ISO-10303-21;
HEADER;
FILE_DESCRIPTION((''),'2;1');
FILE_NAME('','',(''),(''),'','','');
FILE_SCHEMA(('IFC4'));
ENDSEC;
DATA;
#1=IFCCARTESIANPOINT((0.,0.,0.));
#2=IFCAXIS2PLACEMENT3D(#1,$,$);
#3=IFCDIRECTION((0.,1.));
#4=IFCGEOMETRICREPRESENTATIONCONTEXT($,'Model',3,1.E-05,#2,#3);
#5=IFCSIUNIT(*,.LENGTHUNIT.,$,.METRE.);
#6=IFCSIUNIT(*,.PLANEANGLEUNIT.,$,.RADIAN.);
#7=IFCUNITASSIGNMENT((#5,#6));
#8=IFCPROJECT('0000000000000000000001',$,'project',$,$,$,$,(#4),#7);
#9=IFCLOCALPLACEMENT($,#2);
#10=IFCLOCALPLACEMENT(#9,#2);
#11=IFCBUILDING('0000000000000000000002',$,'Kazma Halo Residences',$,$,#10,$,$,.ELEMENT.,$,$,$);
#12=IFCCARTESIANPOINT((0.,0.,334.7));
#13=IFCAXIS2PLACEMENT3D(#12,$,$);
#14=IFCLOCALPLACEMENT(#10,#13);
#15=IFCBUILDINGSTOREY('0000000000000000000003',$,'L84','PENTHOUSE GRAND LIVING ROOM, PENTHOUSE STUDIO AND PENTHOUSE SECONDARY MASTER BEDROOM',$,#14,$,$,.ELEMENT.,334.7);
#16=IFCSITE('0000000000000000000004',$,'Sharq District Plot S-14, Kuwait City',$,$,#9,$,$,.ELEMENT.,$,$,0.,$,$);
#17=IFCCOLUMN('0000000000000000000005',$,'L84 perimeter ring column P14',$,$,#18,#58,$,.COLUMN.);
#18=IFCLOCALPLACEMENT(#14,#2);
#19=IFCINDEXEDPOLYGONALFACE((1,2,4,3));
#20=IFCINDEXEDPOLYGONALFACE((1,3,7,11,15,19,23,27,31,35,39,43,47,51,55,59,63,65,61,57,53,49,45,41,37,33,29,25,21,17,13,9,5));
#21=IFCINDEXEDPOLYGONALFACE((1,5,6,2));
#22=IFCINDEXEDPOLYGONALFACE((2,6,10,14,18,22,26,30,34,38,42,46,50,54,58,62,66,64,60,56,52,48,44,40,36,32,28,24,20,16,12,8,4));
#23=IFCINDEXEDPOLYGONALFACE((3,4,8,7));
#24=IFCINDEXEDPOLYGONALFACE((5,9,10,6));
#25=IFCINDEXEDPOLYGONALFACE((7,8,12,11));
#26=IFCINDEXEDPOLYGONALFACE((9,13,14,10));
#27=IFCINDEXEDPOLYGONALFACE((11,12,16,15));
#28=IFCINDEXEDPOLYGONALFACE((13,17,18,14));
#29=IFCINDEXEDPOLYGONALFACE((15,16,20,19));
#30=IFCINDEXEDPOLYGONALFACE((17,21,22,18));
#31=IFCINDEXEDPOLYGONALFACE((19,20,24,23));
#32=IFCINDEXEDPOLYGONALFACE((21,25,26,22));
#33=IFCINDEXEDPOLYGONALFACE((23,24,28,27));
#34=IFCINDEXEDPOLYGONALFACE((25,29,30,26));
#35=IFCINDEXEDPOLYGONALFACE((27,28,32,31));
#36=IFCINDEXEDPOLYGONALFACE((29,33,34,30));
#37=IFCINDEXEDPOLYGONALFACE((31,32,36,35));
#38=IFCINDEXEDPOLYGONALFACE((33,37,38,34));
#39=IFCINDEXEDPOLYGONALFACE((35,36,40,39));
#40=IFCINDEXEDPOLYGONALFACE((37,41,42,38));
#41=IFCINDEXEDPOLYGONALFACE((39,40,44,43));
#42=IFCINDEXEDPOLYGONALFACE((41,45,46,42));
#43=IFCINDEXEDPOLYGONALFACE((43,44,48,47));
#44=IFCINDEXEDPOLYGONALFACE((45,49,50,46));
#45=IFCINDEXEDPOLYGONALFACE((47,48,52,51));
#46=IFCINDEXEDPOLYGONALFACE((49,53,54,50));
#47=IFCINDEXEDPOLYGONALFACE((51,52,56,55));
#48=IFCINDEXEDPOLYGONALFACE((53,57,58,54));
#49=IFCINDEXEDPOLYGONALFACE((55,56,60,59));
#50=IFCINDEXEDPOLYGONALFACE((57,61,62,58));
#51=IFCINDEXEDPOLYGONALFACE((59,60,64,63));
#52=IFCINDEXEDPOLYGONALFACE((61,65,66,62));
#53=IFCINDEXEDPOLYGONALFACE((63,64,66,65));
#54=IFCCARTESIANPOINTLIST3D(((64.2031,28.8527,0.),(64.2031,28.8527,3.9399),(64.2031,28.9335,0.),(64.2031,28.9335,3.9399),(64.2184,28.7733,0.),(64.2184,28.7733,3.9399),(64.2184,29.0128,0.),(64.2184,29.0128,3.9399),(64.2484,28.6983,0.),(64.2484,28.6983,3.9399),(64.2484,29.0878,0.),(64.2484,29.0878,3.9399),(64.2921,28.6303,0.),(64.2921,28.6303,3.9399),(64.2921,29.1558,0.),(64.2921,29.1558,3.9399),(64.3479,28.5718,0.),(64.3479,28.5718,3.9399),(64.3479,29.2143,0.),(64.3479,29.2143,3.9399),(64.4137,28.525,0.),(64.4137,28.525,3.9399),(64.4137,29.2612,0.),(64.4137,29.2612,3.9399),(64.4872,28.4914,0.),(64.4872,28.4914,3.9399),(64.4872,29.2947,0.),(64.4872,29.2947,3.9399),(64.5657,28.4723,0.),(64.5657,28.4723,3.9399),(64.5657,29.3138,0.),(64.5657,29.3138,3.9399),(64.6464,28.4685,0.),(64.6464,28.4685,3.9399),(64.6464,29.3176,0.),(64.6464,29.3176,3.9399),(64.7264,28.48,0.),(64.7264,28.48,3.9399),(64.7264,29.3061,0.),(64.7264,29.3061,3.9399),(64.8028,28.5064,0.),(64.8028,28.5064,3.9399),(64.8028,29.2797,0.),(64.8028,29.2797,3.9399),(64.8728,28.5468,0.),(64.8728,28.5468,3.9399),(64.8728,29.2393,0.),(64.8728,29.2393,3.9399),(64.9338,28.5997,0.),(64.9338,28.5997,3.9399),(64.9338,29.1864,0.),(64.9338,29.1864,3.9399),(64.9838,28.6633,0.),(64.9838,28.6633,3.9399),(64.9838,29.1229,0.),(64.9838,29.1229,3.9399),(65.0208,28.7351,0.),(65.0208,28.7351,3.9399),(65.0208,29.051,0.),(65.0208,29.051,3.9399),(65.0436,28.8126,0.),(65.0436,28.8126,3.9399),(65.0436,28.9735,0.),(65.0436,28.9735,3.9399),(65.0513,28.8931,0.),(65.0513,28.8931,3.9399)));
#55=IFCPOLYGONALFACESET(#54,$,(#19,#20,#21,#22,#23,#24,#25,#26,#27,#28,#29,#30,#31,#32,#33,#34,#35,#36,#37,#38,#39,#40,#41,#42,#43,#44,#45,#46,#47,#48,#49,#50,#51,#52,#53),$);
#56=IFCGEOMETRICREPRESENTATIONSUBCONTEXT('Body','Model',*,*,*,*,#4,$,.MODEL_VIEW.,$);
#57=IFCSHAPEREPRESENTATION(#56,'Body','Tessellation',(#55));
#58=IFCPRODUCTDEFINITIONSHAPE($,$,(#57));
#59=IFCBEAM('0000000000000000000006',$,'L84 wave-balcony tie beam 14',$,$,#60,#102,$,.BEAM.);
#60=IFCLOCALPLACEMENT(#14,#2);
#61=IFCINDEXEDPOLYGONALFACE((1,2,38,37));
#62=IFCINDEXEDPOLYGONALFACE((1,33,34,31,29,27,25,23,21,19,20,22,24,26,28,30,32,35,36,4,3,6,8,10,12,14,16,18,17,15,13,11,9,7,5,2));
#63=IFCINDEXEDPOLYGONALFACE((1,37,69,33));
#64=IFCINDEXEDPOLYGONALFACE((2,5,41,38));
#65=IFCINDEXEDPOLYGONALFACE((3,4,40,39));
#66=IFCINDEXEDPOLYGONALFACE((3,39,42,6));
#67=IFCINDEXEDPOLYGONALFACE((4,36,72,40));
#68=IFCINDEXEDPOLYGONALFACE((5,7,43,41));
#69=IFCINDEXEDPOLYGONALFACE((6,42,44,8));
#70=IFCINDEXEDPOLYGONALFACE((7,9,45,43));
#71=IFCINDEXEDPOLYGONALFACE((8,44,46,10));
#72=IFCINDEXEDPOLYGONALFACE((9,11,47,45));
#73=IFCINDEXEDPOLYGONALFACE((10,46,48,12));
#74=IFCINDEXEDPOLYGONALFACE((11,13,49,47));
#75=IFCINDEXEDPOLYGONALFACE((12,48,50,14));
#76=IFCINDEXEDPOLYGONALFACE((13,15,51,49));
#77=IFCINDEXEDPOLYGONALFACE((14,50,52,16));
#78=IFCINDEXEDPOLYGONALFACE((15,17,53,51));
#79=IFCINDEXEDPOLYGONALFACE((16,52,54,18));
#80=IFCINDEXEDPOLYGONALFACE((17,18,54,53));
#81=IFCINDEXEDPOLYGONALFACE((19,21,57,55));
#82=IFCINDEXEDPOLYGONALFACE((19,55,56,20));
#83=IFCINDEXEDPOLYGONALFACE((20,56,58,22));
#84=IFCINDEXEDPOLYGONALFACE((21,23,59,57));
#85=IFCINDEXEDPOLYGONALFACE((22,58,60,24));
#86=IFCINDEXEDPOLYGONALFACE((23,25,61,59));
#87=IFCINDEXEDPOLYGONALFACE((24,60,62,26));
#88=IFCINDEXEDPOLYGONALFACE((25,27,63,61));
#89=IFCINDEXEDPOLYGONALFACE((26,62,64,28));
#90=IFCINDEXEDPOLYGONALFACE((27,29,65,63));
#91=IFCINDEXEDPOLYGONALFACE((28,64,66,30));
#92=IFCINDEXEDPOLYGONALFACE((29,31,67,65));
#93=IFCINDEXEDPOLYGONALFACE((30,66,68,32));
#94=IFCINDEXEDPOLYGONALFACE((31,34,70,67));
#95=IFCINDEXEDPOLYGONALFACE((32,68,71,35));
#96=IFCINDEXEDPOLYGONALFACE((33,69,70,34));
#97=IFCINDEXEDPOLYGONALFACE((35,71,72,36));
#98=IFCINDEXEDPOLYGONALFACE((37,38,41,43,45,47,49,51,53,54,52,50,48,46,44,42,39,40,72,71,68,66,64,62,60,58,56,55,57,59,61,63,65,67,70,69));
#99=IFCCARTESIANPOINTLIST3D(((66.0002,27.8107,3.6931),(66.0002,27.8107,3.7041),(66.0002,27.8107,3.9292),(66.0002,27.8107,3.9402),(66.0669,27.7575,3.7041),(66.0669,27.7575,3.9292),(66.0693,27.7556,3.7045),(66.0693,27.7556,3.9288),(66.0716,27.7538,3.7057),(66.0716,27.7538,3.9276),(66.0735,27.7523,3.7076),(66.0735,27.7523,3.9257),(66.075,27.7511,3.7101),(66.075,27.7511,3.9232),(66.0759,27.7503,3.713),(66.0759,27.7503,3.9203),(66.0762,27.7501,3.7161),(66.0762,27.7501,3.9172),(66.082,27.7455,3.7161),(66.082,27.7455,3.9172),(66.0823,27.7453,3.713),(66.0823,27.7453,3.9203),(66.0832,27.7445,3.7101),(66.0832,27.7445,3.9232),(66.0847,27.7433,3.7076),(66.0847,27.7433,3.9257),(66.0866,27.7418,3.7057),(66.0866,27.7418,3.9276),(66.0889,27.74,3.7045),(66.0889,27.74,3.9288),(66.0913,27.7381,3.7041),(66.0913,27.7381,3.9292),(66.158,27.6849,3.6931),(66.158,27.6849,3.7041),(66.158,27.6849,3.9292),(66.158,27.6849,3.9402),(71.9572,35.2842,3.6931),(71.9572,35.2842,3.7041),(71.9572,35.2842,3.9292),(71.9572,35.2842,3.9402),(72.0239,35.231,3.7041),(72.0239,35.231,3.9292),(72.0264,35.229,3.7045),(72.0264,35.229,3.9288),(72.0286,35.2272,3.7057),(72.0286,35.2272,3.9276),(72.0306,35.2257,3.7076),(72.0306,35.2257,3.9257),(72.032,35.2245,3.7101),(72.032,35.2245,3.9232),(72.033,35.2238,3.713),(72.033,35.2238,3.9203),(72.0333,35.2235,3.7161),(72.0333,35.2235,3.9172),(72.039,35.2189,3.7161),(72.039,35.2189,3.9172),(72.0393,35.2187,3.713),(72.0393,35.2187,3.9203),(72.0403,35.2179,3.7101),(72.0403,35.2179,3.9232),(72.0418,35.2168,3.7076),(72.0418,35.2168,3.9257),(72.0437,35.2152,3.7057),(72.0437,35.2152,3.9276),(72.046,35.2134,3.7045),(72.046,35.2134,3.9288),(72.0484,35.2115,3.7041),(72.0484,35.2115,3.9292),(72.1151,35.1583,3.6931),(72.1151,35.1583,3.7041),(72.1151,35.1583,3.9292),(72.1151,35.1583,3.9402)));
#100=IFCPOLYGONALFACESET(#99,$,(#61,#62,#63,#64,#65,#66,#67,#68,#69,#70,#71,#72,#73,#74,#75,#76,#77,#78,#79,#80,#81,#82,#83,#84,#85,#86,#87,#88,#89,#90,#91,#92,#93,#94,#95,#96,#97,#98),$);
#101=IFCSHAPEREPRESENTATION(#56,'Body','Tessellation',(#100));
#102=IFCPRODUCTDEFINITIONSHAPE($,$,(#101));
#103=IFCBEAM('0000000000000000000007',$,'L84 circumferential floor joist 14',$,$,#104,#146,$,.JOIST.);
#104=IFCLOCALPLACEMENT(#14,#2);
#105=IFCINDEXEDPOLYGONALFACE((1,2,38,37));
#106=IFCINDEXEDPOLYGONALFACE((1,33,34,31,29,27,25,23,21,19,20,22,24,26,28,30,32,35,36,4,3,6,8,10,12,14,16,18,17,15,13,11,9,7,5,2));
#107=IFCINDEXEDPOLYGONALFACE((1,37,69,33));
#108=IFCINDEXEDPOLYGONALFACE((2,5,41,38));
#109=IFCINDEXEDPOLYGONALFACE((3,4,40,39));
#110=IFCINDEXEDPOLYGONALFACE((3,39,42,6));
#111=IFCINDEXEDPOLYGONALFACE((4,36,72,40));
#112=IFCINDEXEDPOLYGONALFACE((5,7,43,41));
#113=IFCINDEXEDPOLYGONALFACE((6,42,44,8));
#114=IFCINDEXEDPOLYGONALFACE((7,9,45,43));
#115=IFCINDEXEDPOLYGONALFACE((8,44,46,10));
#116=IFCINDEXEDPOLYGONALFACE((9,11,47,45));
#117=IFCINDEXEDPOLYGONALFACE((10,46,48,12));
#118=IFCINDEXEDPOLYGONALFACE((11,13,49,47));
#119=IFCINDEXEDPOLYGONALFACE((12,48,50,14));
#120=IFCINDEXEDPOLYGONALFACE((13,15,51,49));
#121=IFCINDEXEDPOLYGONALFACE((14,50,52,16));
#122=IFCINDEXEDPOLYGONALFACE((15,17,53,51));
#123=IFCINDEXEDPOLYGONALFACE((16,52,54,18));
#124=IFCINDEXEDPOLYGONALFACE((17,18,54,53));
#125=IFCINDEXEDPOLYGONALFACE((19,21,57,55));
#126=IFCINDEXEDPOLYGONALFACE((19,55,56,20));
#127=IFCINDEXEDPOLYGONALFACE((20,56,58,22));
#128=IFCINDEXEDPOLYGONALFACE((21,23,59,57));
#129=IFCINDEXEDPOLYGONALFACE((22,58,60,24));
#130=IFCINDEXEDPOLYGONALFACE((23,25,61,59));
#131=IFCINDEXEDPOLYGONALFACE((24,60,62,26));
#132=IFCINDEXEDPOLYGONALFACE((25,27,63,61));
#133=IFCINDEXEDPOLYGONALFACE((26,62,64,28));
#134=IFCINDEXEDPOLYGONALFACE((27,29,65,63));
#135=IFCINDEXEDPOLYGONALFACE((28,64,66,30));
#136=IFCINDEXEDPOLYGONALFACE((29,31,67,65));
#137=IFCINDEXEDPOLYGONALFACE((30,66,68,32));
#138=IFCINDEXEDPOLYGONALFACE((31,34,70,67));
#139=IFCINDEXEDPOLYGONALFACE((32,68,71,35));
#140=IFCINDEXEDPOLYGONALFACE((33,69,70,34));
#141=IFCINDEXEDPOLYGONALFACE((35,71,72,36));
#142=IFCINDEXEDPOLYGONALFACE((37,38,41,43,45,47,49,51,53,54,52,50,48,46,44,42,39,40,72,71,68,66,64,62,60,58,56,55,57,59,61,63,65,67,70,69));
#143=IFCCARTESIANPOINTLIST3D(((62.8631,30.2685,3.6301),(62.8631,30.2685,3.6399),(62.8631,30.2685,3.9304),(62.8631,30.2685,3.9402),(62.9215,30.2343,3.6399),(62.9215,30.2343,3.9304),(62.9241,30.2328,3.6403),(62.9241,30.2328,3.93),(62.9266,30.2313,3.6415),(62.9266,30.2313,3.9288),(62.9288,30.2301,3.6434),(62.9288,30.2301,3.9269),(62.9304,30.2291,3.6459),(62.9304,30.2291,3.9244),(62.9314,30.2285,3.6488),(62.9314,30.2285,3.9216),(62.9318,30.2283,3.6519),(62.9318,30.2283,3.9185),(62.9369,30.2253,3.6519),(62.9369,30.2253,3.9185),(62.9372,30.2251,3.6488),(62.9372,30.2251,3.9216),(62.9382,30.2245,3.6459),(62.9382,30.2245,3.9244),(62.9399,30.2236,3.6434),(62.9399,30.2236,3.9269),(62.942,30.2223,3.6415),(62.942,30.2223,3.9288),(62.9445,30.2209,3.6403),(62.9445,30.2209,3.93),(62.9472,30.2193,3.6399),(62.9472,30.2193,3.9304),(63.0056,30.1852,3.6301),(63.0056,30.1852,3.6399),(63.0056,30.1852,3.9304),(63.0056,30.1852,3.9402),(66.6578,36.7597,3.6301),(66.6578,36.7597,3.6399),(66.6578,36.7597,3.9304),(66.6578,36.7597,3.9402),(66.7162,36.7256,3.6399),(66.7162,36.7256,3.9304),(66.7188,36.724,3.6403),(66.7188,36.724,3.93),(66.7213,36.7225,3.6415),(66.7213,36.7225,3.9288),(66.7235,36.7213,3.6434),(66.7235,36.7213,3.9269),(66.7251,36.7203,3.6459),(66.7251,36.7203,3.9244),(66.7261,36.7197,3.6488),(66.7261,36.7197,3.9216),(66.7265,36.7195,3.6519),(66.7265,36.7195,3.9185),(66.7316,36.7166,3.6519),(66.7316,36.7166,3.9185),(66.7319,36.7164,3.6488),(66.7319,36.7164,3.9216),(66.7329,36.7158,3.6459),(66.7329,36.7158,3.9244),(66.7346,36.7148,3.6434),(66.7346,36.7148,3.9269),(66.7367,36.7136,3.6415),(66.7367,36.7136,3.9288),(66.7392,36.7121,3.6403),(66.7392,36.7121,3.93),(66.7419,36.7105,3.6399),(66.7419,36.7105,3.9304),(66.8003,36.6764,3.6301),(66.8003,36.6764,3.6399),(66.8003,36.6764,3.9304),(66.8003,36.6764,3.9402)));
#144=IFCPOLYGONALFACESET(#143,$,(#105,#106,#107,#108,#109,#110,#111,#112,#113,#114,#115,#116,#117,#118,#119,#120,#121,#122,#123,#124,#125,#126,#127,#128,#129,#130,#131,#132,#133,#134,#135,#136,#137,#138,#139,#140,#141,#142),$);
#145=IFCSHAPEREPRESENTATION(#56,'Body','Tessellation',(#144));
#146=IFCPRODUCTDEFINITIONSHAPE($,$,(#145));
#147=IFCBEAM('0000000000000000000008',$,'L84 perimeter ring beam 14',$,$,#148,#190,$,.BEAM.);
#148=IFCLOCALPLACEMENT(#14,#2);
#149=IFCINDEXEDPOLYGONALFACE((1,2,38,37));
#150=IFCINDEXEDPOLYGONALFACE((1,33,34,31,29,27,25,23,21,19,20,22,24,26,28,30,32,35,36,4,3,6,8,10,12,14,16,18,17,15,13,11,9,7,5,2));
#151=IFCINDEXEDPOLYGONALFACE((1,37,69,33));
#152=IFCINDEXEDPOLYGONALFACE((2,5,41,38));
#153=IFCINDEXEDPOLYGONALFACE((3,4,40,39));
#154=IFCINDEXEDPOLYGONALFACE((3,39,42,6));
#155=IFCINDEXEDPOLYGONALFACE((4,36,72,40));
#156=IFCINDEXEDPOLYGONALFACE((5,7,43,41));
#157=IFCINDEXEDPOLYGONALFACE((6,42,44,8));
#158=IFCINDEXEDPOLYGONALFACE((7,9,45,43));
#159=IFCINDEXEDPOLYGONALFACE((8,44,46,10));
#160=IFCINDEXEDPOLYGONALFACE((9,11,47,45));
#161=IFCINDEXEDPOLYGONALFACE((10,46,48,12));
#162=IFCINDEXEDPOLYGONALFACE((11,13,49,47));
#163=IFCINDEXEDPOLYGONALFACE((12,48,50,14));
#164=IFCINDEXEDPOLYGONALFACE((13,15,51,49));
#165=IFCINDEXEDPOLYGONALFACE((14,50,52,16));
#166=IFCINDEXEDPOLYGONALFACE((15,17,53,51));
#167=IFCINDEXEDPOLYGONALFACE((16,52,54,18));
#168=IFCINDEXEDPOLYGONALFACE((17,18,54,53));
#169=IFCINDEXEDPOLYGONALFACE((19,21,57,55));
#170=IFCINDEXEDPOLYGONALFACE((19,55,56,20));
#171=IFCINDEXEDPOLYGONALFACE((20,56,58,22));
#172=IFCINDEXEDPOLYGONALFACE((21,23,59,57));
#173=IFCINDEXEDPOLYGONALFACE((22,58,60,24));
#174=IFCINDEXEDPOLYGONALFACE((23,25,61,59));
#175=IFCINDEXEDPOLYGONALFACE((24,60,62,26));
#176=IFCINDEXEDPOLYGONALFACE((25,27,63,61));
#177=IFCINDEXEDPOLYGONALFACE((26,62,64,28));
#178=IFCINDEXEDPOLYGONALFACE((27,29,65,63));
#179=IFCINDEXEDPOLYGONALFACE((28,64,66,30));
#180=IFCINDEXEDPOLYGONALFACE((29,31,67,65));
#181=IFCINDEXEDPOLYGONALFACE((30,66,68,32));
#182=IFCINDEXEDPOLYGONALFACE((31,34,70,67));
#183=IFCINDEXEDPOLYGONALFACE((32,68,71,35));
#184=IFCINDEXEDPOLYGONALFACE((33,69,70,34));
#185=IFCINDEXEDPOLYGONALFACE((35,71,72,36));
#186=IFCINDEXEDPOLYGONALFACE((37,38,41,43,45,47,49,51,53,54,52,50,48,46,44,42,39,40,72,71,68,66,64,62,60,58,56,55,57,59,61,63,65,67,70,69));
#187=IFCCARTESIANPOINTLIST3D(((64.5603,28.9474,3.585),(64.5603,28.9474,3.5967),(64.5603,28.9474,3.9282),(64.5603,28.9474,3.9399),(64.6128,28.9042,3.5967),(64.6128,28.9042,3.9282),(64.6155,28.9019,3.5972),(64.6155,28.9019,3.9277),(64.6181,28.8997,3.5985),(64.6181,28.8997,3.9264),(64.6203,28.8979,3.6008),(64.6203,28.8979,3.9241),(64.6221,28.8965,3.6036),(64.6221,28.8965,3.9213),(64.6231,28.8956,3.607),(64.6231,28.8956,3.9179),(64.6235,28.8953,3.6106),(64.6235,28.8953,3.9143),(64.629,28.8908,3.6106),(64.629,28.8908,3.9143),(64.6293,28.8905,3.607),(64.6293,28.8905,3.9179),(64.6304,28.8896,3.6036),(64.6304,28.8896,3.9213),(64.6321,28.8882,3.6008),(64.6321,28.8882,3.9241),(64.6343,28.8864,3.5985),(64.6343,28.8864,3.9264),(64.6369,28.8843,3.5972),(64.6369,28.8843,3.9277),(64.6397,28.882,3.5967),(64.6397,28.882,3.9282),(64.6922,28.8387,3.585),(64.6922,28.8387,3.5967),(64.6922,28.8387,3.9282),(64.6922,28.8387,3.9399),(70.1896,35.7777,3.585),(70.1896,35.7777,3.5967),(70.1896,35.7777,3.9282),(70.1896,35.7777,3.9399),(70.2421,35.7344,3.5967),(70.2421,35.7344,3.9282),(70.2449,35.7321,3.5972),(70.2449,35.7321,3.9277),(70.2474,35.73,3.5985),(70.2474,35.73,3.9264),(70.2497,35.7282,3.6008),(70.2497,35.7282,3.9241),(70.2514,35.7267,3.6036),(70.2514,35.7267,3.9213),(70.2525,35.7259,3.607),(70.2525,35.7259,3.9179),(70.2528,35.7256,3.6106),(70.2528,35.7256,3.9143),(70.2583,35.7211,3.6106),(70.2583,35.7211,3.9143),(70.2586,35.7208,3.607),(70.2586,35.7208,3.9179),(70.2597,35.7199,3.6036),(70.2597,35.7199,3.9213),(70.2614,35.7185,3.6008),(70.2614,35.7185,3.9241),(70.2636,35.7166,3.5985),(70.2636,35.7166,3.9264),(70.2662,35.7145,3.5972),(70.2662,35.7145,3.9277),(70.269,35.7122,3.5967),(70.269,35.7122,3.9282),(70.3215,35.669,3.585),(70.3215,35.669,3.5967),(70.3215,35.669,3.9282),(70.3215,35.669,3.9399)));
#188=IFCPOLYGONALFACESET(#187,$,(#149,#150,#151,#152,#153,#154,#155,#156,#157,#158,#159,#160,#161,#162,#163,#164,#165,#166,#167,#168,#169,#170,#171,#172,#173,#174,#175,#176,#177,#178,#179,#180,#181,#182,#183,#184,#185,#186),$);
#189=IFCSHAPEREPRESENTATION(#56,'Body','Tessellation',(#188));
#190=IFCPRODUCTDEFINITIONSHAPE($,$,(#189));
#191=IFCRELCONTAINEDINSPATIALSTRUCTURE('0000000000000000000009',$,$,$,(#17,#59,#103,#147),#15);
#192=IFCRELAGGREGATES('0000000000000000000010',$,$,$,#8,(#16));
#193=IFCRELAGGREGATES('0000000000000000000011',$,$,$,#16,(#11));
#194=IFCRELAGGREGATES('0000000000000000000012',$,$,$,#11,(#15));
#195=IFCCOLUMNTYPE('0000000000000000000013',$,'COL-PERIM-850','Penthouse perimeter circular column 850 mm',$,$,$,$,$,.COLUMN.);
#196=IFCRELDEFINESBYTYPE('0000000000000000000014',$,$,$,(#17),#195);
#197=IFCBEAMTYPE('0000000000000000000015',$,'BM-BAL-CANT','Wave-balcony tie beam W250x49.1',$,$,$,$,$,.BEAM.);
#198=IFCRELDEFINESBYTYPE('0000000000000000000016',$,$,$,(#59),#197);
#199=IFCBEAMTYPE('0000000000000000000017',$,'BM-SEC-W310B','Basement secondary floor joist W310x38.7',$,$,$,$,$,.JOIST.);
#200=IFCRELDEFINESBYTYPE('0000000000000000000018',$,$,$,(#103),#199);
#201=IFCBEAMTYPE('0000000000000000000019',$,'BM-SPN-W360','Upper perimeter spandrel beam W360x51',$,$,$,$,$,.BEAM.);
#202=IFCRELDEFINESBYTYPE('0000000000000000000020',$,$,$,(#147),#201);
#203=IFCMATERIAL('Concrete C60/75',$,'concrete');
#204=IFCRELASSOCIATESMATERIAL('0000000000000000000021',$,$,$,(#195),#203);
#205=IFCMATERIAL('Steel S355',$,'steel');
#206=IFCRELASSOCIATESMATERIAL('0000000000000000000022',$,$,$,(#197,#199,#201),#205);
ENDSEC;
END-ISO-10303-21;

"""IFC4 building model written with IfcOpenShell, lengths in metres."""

from ifc_helpers import new_model, si_unit, direction, frame, origin, origin_2d, place, context, subcontext, project, spatial, circle, i_section, extrude, material, material_profile, profile_set, type_object, element, save


model = new_model("IFC4")

# Units and contexts
model_context = context("Model", 3, precision=1e-05, world=origin(), true_north=direction((0.0, 1.0)))
body_context = subcontext(model_context, "Body", "Model", "MODEL_VIEW")
ifc_project = project(units=[si_unit("LENGTHUNIT", "METRE"), si_unit("PLANEANGLEUNIT", "RADIAN")], contexts=[model_context])

# Site, building, storey
site_placement = place(None, origin())
site = spatial("IfcSite", under=ifc_project, at=site_placement, Name="Sharq District Plot S-14, Kuwait City", CompositionType="ELEMENT", RefElevation=0.0)
building_placement = place(site_placement, origin())
building = spatial("IfcBuilding", under=site, at=building_placement, Name="Kazma Halo Residences", CompositionType="ELEMENT")
storey_placement = place(building_placement, frame((0.0, 0.0, 334.7)))
storey = spatial("IfcBuildingStorey", under=building, at=storey_placement, Name="L84", Description="PENTHOUSE GRAND LIVING ROOM, PENTHOUSE STUDIO AND PENTHOUSE SECONDARY MASTER BEDROOM", CompositionType="ELEMENT", Elevation=334.7)

# Column
ifc_material_1 = material(Name="Concrete C60/75", Category="concrete")
ifc_material_profile_1 = material_profile(ifc_material_1, circle(Radius=0.425, at=origin_2d()), Name="CIRC850")
ifc_profile_set_1 = profile_set([ifc_material_profile_1], Name="Concrete C60/75")
column_type = type_object("IfcColumnType", Name="COL-PERIM-850", Description="Penthouse perimeter circular column 850 mm", PredefinedType="COLUMN", material=ifc_profile_set_1)
column_placement = place(storey_placement, frame((64.6262, 28.8931, 0.0), z_axis=(0.0, 0.0, 1.0), x_axis=(1.0, 0.0, 0.0)))
element("IfcColumn", 1, at=column_placement, inside=storey, type_object=column_type, Name="L84 perimeter ring column P14", PredefinedType="COLUMN", context=body_context, shape_type="SweptSolid", body=[
    extrude(circle(Radius=0.425, at=origin_2d()), origin(), (0.0, 0.0, 1.0), 3.9399),
])

# Beams
ifc_material_2 = material(Name="Steel S355", Category="steel")
ifc_material_profile_2 = material_profile(ifc_material_2, i_section(OverallWidth=0.2019, OverallDepth=0.2471, WebThickness=0.0073, FlangeThickness=0.011, FilletRadius=0.012, at=origin_2d()), Name="W250x49.1")
ifc_profile_set_2 = profile_set([ifc_material_profile_2], Name="Steel S355")
beam_type_1 = type_object("IfcBeamType", Name="BM-BAL-CANT", Description="Wave-balcony tie beam W250x49.1", PredefinedType="BEAM", material=ifc_profile_set_2)
beam_1_placement = place(storey_placement, frame((66.0791, 27.7478, 3.8167), z_axis=(0.623311, 0.781974, 0.0), x_axis=(-0.781974, 0.623311, 0.0)))
element("IfcBeam", 2, at=beam_1_placement, inside=storey, type_object=beam_type_1, Name="L84 wave-balcony tie beam 14", PredefinedType="BEAM", context=body_context, shape_type="SweptSolid", body=[
    extrude(i_section(OverallWidth=0.2019, OverallDepth=0.2471, WebThickness=0.0073, FlangeThickness=0.011, FilletRadius=0.012, at=origin_2d()), origin(), (0.0, 0.0, 1.0), 9.5571),
])
ifc_material_profile_3 = material_profile(ifc_material_2, i_section(OverallWidth=0.165, OverallDepth=0.3101, WebThickness=0.0059, FlangeThickness=0.0098, FilletRadius=0.012, at=origin_2d()), Name="W310x38.7")
ifc_profile_set_3 = profile_set([ifc_material_profile_3], Name="Steel S355")
beam_type_2 = type_object("IfcBeamType", Name="BM-SEC-W310B", Description="Basement secondary floor joist W310x38.7", PredefinedType="JOIST", material=ifc_profile_set_3)
beam_2_placement = place(storey_placement, frame((62.9343, 30.2268, 3.7852), z_axis=(0.504678, 0.863307, 0.0), x_axis=(-0.863307, 0.504678, 0.0)))
element("IfcBeam", 3, at=beam_2_placement, inside=storey, type_object=beam_type_2, Name="L84 circumferential floor joist 14", PredefinedType="JOIST", context=body_context, shape_type="SweptSolid", body=[
    extrude(i_section(OverallWidth=0.165, OverallDepth=0.3101, WebThickness=0.0059, FlangeThickness=0.0098, FilletRadius=0.012, at=origin_2d()), origin(), (0.0, 0.0, 1.0), 7.519),
])
ifc_material_profile_4 = material_profile(ifc_material_2, i_section(OverallWidth=0.1709, OverallDepth=0.355, WebThickness=0.0071, FlangeThickness=0.0117, FilletRadius=0.0139, at=origin_2d()), Name="W360x51")
ifc_profile_set_4 = profile_set([ifc_material_profile_4], Name="Steel S355")
beam_type_3 = type_object("IfcBeamType", Name="BM-SPN-W360", Description="Upper perimeter spandrel beam W360x51", PredefinedType="BEAM", material=ifc_profile_set_4)
beam_3_placement = place(storey_placement, frame((64.6262, 28.8931, 3.7625), z_axis=(0.636005, 0.771685, 0.0), x_axis=(-0.771685, 0.636005, 0.0)))
element("IfcBeam", 4, at=beam_3_placement, inside=storey, type_object=beam_type_3, Name="L84 perimeter ring beam 14", PredefinedType="BEAM", context=body_context, shape_type="SweptSolid", body=[
    extrude(i_section(OverallWidth=0.1709, OverallDepth=0.355, WebThickness=0.0071, FlangeThickness=0.0117, FilletRadius=0.0139, at=origin_2d()), origin(), (0.0, 0.0, 1.0), 8.8511),
])

save(model, "model.ifc")
